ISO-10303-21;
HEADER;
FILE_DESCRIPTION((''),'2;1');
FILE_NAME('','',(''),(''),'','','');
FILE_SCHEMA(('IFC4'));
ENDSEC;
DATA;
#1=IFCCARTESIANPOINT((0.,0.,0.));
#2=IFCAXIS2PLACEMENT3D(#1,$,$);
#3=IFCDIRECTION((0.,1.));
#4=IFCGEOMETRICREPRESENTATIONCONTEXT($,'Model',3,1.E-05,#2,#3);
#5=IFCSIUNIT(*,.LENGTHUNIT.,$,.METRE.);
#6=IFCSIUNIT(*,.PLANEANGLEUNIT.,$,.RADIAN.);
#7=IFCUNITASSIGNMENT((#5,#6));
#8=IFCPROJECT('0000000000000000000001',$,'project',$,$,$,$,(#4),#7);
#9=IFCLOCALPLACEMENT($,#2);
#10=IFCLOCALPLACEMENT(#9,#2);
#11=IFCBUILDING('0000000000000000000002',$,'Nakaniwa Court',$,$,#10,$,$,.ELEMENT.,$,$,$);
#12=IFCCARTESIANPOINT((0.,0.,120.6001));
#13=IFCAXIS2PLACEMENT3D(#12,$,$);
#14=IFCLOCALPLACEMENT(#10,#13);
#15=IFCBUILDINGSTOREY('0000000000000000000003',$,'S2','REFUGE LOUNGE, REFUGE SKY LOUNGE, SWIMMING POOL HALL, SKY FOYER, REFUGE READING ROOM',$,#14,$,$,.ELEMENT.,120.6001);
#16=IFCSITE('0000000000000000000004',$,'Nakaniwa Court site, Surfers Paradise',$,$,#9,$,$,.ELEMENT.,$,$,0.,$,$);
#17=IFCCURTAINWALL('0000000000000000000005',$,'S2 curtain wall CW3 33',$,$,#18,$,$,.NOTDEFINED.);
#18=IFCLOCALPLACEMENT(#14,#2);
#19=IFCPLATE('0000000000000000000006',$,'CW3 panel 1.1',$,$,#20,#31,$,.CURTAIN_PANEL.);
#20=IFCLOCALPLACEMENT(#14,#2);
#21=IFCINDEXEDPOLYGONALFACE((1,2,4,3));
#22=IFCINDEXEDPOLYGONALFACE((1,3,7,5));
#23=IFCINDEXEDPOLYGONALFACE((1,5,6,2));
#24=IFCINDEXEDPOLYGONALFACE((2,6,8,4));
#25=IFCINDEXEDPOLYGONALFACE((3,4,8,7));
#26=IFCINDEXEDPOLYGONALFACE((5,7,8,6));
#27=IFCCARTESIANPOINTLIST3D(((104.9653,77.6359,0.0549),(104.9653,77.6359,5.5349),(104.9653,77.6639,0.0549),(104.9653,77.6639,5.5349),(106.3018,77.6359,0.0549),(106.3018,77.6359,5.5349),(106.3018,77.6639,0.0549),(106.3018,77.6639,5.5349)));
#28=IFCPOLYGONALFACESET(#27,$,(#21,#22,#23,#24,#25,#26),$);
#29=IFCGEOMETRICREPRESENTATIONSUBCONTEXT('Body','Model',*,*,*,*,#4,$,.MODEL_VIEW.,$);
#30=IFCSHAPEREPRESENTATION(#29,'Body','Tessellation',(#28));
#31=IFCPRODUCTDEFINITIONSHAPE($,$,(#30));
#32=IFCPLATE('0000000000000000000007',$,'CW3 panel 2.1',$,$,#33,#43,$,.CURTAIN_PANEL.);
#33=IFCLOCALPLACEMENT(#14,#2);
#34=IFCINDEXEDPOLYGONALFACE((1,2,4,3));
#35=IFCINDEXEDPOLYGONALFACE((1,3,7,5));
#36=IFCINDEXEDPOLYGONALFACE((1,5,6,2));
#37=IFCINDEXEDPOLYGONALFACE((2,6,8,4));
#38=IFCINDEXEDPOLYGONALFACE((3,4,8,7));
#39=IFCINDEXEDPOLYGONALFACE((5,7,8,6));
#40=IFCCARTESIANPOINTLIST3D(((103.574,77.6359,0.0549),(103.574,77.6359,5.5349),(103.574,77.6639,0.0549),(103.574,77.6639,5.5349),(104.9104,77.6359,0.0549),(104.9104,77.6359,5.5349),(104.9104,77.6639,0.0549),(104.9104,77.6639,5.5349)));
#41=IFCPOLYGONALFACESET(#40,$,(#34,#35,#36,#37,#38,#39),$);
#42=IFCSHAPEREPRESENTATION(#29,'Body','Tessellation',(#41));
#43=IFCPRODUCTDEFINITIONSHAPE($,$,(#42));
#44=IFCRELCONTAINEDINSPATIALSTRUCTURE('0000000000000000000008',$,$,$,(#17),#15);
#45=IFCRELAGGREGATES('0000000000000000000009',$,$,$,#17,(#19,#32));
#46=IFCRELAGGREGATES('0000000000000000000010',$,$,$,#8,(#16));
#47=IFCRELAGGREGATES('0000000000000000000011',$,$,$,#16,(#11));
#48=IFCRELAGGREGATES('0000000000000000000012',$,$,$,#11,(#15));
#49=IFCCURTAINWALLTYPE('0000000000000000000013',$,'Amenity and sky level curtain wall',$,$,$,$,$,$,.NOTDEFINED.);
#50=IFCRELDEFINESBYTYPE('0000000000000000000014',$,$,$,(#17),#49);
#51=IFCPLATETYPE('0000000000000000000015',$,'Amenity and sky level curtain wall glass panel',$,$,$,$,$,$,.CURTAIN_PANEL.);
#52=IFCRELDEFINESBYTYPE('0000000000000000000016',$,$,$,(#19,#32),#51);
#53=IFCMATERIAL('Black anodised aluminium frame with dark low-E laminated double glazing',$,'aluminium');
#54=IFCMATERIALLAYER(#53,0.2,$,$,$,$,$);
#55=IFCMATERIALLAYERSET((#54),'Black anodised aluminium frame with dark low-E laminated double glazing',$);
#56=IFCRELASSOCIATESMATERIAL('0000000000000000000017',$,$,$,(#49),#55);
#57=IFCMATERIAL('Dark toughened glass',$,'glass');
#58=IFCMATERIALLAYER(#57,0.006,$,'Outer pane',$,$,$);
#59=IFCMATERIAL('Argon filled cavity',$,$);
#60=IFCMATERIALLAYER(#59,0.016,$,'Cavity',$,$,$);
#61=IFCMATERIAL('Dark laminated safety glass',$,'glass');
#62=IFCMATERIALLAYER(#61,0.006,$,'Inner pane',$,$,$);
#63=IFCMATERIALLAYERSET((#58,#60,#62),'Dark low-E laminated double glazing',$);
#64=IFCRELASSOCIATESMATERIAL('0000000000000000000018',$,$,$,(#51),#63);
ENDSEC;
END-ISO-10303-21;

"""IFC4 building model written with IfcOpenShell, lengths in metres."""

from ifc_helpers import new_model, si_unit, direction, frame, origin, origin_2d, place, context, subcontext, project, spatial, rectangle, extrude, material, layer, layer_set, type_object, element, aggregate, save


model = new_model("IFC4")

# Units and contexts
model_context = context("Model", 3, precision=1e-05, world=origin(), true_north=direction((0.0, 1.0)))
body_context = subcontext(model_context, "Body", "Model", "MODEL_VIEW")
ifc_project = project(units=[si_unit("LENGTHUNIT", "METRE"), si_unit("PLANEANGLEUNIT", "RADIAN")], contexts=[model_context])

# Site, building, storey
site_placement = place(None, origin())
site = spatial("IfcSite", under=ifc_project, at=site_placement, Name="Nakaniwa Court site, Surfers Paradise", CompositionType="ELEMENT", RefElevation=0.0)
building_placement = place(site_placement, origin())
building = spatial("IfcBuilding", under=site, at=building_placement, Name="Nakaniwa Court", CompositionType="ELEMENT")
storey_placement = place(building_placement, frame((0.0, 0.0, 120.6001)))
storey = spatial("IfcBuildingStorey", under=building, at=storey_placement, Name="S2", Description="REFUGE LOUNGE, REFUGE SKY LOUNGE, SWIMMING POOL HALL, SKY FOYER, REFUGE READING ROOM", CompositionType="ELEMENT", Elevation=120.6001)

# Curtain wall
ifc_material_1 = material(Name="Black anodised aluminium frame with dark low-E laminated double glazing", Category="aluminium")
ifc_layer_1 = layer(ifc_material_1, 0.2)
ifc_layer_set_1 = layer_set([ifc_layer_1], Name="Black anodised aluminium frame with dark low-E laminated double glazing")
curtain_wall_type = type_object("IfcCurtainWallType", Name="Amenity and sky level curtain wall", PredefinedType="NOTDEFINED", material=ifc_layer_set_1)
curtain_wall_placement = place(storey_placement, origin())
curtain_wall = element("IfcCurtainWall", 1, at=curtain_wall_placement, inside=storey, type_object=curtain_wall_type, Name="S2 curtain wall CW3 33", PredefinedType="NOTDEFINED")

# Plates
ifc_material_2 = material(Name="Dark toughened glass", Category="glass")
ifc_layer_2 = layer(ifc_material_2, 0.006, Name="Outer pane")
ifc_material_3 = material(Name="Argon filled cavity")
ifc_layer_3 = layer(ifc_material_3, 0.016, Name="Cavity")
ifc_material_4 = material(Name="Dark laminated safety glass", Category="glass")
ifc_layer_4 = layer(ifc_material_4, 0.006, Name="Inner pane")
ifc_layer_set_2 = layer_set([ifc_layer_2, ifc_layer_3, ifc_layer_4], Name="Dark low-E laminated double glazing")
plate_type = type_object("IfcPlateType", Name="Amenity and sky level curtain wall glass panel", PredefinedType="CURTAIN_PANEL", material=ifc_layer_set_2)
plate_1_placement = place(storey_placement, frame((105.6335, 77.6499, 0.0549), z_axis=(0.0, 0.0, 1.0), x_axis=(-1.0, 0.0, 0.0)))
plate_1 = element("IfcPlate", 2, at=plate_1_placement, type_object=plate_type, Name="CW3 panel 1.1", PredefinedType="CURTAIN_PANEL", context=body_context, shape_type="SweptSolid", body=[
    extrude(rectangle(XDim=1.3364, YDim=0.0281, at=origin_2d()), origin(), (0.0, 0.0, 1.0), 5.48),
])
plate_2_placement = place(storey_placement, frame((104.2422, 77.6499, 0.0549), z_axis=(0.0, 0.0, 1.0), x_axis=(-1.0, 0.0, 0.0)))
plate_2 = element("IfcPlate", 3, at=plate_2_placement, type_object=plate_type, Name="CW3 panel 2.1", PredefinedType="CURTAIN_PANEL", context=body_context, shape_type="SweptSolid", body=[
    extrude(rectangle(XDim=1.3364, YDim=0.0281, at=origin_2d()), origin(), (0.0, 0.0, 1.0), 5.48),
])
aggregate(curtain_wall, [plate_1, plate_2])

save(model, "model.ifc")
